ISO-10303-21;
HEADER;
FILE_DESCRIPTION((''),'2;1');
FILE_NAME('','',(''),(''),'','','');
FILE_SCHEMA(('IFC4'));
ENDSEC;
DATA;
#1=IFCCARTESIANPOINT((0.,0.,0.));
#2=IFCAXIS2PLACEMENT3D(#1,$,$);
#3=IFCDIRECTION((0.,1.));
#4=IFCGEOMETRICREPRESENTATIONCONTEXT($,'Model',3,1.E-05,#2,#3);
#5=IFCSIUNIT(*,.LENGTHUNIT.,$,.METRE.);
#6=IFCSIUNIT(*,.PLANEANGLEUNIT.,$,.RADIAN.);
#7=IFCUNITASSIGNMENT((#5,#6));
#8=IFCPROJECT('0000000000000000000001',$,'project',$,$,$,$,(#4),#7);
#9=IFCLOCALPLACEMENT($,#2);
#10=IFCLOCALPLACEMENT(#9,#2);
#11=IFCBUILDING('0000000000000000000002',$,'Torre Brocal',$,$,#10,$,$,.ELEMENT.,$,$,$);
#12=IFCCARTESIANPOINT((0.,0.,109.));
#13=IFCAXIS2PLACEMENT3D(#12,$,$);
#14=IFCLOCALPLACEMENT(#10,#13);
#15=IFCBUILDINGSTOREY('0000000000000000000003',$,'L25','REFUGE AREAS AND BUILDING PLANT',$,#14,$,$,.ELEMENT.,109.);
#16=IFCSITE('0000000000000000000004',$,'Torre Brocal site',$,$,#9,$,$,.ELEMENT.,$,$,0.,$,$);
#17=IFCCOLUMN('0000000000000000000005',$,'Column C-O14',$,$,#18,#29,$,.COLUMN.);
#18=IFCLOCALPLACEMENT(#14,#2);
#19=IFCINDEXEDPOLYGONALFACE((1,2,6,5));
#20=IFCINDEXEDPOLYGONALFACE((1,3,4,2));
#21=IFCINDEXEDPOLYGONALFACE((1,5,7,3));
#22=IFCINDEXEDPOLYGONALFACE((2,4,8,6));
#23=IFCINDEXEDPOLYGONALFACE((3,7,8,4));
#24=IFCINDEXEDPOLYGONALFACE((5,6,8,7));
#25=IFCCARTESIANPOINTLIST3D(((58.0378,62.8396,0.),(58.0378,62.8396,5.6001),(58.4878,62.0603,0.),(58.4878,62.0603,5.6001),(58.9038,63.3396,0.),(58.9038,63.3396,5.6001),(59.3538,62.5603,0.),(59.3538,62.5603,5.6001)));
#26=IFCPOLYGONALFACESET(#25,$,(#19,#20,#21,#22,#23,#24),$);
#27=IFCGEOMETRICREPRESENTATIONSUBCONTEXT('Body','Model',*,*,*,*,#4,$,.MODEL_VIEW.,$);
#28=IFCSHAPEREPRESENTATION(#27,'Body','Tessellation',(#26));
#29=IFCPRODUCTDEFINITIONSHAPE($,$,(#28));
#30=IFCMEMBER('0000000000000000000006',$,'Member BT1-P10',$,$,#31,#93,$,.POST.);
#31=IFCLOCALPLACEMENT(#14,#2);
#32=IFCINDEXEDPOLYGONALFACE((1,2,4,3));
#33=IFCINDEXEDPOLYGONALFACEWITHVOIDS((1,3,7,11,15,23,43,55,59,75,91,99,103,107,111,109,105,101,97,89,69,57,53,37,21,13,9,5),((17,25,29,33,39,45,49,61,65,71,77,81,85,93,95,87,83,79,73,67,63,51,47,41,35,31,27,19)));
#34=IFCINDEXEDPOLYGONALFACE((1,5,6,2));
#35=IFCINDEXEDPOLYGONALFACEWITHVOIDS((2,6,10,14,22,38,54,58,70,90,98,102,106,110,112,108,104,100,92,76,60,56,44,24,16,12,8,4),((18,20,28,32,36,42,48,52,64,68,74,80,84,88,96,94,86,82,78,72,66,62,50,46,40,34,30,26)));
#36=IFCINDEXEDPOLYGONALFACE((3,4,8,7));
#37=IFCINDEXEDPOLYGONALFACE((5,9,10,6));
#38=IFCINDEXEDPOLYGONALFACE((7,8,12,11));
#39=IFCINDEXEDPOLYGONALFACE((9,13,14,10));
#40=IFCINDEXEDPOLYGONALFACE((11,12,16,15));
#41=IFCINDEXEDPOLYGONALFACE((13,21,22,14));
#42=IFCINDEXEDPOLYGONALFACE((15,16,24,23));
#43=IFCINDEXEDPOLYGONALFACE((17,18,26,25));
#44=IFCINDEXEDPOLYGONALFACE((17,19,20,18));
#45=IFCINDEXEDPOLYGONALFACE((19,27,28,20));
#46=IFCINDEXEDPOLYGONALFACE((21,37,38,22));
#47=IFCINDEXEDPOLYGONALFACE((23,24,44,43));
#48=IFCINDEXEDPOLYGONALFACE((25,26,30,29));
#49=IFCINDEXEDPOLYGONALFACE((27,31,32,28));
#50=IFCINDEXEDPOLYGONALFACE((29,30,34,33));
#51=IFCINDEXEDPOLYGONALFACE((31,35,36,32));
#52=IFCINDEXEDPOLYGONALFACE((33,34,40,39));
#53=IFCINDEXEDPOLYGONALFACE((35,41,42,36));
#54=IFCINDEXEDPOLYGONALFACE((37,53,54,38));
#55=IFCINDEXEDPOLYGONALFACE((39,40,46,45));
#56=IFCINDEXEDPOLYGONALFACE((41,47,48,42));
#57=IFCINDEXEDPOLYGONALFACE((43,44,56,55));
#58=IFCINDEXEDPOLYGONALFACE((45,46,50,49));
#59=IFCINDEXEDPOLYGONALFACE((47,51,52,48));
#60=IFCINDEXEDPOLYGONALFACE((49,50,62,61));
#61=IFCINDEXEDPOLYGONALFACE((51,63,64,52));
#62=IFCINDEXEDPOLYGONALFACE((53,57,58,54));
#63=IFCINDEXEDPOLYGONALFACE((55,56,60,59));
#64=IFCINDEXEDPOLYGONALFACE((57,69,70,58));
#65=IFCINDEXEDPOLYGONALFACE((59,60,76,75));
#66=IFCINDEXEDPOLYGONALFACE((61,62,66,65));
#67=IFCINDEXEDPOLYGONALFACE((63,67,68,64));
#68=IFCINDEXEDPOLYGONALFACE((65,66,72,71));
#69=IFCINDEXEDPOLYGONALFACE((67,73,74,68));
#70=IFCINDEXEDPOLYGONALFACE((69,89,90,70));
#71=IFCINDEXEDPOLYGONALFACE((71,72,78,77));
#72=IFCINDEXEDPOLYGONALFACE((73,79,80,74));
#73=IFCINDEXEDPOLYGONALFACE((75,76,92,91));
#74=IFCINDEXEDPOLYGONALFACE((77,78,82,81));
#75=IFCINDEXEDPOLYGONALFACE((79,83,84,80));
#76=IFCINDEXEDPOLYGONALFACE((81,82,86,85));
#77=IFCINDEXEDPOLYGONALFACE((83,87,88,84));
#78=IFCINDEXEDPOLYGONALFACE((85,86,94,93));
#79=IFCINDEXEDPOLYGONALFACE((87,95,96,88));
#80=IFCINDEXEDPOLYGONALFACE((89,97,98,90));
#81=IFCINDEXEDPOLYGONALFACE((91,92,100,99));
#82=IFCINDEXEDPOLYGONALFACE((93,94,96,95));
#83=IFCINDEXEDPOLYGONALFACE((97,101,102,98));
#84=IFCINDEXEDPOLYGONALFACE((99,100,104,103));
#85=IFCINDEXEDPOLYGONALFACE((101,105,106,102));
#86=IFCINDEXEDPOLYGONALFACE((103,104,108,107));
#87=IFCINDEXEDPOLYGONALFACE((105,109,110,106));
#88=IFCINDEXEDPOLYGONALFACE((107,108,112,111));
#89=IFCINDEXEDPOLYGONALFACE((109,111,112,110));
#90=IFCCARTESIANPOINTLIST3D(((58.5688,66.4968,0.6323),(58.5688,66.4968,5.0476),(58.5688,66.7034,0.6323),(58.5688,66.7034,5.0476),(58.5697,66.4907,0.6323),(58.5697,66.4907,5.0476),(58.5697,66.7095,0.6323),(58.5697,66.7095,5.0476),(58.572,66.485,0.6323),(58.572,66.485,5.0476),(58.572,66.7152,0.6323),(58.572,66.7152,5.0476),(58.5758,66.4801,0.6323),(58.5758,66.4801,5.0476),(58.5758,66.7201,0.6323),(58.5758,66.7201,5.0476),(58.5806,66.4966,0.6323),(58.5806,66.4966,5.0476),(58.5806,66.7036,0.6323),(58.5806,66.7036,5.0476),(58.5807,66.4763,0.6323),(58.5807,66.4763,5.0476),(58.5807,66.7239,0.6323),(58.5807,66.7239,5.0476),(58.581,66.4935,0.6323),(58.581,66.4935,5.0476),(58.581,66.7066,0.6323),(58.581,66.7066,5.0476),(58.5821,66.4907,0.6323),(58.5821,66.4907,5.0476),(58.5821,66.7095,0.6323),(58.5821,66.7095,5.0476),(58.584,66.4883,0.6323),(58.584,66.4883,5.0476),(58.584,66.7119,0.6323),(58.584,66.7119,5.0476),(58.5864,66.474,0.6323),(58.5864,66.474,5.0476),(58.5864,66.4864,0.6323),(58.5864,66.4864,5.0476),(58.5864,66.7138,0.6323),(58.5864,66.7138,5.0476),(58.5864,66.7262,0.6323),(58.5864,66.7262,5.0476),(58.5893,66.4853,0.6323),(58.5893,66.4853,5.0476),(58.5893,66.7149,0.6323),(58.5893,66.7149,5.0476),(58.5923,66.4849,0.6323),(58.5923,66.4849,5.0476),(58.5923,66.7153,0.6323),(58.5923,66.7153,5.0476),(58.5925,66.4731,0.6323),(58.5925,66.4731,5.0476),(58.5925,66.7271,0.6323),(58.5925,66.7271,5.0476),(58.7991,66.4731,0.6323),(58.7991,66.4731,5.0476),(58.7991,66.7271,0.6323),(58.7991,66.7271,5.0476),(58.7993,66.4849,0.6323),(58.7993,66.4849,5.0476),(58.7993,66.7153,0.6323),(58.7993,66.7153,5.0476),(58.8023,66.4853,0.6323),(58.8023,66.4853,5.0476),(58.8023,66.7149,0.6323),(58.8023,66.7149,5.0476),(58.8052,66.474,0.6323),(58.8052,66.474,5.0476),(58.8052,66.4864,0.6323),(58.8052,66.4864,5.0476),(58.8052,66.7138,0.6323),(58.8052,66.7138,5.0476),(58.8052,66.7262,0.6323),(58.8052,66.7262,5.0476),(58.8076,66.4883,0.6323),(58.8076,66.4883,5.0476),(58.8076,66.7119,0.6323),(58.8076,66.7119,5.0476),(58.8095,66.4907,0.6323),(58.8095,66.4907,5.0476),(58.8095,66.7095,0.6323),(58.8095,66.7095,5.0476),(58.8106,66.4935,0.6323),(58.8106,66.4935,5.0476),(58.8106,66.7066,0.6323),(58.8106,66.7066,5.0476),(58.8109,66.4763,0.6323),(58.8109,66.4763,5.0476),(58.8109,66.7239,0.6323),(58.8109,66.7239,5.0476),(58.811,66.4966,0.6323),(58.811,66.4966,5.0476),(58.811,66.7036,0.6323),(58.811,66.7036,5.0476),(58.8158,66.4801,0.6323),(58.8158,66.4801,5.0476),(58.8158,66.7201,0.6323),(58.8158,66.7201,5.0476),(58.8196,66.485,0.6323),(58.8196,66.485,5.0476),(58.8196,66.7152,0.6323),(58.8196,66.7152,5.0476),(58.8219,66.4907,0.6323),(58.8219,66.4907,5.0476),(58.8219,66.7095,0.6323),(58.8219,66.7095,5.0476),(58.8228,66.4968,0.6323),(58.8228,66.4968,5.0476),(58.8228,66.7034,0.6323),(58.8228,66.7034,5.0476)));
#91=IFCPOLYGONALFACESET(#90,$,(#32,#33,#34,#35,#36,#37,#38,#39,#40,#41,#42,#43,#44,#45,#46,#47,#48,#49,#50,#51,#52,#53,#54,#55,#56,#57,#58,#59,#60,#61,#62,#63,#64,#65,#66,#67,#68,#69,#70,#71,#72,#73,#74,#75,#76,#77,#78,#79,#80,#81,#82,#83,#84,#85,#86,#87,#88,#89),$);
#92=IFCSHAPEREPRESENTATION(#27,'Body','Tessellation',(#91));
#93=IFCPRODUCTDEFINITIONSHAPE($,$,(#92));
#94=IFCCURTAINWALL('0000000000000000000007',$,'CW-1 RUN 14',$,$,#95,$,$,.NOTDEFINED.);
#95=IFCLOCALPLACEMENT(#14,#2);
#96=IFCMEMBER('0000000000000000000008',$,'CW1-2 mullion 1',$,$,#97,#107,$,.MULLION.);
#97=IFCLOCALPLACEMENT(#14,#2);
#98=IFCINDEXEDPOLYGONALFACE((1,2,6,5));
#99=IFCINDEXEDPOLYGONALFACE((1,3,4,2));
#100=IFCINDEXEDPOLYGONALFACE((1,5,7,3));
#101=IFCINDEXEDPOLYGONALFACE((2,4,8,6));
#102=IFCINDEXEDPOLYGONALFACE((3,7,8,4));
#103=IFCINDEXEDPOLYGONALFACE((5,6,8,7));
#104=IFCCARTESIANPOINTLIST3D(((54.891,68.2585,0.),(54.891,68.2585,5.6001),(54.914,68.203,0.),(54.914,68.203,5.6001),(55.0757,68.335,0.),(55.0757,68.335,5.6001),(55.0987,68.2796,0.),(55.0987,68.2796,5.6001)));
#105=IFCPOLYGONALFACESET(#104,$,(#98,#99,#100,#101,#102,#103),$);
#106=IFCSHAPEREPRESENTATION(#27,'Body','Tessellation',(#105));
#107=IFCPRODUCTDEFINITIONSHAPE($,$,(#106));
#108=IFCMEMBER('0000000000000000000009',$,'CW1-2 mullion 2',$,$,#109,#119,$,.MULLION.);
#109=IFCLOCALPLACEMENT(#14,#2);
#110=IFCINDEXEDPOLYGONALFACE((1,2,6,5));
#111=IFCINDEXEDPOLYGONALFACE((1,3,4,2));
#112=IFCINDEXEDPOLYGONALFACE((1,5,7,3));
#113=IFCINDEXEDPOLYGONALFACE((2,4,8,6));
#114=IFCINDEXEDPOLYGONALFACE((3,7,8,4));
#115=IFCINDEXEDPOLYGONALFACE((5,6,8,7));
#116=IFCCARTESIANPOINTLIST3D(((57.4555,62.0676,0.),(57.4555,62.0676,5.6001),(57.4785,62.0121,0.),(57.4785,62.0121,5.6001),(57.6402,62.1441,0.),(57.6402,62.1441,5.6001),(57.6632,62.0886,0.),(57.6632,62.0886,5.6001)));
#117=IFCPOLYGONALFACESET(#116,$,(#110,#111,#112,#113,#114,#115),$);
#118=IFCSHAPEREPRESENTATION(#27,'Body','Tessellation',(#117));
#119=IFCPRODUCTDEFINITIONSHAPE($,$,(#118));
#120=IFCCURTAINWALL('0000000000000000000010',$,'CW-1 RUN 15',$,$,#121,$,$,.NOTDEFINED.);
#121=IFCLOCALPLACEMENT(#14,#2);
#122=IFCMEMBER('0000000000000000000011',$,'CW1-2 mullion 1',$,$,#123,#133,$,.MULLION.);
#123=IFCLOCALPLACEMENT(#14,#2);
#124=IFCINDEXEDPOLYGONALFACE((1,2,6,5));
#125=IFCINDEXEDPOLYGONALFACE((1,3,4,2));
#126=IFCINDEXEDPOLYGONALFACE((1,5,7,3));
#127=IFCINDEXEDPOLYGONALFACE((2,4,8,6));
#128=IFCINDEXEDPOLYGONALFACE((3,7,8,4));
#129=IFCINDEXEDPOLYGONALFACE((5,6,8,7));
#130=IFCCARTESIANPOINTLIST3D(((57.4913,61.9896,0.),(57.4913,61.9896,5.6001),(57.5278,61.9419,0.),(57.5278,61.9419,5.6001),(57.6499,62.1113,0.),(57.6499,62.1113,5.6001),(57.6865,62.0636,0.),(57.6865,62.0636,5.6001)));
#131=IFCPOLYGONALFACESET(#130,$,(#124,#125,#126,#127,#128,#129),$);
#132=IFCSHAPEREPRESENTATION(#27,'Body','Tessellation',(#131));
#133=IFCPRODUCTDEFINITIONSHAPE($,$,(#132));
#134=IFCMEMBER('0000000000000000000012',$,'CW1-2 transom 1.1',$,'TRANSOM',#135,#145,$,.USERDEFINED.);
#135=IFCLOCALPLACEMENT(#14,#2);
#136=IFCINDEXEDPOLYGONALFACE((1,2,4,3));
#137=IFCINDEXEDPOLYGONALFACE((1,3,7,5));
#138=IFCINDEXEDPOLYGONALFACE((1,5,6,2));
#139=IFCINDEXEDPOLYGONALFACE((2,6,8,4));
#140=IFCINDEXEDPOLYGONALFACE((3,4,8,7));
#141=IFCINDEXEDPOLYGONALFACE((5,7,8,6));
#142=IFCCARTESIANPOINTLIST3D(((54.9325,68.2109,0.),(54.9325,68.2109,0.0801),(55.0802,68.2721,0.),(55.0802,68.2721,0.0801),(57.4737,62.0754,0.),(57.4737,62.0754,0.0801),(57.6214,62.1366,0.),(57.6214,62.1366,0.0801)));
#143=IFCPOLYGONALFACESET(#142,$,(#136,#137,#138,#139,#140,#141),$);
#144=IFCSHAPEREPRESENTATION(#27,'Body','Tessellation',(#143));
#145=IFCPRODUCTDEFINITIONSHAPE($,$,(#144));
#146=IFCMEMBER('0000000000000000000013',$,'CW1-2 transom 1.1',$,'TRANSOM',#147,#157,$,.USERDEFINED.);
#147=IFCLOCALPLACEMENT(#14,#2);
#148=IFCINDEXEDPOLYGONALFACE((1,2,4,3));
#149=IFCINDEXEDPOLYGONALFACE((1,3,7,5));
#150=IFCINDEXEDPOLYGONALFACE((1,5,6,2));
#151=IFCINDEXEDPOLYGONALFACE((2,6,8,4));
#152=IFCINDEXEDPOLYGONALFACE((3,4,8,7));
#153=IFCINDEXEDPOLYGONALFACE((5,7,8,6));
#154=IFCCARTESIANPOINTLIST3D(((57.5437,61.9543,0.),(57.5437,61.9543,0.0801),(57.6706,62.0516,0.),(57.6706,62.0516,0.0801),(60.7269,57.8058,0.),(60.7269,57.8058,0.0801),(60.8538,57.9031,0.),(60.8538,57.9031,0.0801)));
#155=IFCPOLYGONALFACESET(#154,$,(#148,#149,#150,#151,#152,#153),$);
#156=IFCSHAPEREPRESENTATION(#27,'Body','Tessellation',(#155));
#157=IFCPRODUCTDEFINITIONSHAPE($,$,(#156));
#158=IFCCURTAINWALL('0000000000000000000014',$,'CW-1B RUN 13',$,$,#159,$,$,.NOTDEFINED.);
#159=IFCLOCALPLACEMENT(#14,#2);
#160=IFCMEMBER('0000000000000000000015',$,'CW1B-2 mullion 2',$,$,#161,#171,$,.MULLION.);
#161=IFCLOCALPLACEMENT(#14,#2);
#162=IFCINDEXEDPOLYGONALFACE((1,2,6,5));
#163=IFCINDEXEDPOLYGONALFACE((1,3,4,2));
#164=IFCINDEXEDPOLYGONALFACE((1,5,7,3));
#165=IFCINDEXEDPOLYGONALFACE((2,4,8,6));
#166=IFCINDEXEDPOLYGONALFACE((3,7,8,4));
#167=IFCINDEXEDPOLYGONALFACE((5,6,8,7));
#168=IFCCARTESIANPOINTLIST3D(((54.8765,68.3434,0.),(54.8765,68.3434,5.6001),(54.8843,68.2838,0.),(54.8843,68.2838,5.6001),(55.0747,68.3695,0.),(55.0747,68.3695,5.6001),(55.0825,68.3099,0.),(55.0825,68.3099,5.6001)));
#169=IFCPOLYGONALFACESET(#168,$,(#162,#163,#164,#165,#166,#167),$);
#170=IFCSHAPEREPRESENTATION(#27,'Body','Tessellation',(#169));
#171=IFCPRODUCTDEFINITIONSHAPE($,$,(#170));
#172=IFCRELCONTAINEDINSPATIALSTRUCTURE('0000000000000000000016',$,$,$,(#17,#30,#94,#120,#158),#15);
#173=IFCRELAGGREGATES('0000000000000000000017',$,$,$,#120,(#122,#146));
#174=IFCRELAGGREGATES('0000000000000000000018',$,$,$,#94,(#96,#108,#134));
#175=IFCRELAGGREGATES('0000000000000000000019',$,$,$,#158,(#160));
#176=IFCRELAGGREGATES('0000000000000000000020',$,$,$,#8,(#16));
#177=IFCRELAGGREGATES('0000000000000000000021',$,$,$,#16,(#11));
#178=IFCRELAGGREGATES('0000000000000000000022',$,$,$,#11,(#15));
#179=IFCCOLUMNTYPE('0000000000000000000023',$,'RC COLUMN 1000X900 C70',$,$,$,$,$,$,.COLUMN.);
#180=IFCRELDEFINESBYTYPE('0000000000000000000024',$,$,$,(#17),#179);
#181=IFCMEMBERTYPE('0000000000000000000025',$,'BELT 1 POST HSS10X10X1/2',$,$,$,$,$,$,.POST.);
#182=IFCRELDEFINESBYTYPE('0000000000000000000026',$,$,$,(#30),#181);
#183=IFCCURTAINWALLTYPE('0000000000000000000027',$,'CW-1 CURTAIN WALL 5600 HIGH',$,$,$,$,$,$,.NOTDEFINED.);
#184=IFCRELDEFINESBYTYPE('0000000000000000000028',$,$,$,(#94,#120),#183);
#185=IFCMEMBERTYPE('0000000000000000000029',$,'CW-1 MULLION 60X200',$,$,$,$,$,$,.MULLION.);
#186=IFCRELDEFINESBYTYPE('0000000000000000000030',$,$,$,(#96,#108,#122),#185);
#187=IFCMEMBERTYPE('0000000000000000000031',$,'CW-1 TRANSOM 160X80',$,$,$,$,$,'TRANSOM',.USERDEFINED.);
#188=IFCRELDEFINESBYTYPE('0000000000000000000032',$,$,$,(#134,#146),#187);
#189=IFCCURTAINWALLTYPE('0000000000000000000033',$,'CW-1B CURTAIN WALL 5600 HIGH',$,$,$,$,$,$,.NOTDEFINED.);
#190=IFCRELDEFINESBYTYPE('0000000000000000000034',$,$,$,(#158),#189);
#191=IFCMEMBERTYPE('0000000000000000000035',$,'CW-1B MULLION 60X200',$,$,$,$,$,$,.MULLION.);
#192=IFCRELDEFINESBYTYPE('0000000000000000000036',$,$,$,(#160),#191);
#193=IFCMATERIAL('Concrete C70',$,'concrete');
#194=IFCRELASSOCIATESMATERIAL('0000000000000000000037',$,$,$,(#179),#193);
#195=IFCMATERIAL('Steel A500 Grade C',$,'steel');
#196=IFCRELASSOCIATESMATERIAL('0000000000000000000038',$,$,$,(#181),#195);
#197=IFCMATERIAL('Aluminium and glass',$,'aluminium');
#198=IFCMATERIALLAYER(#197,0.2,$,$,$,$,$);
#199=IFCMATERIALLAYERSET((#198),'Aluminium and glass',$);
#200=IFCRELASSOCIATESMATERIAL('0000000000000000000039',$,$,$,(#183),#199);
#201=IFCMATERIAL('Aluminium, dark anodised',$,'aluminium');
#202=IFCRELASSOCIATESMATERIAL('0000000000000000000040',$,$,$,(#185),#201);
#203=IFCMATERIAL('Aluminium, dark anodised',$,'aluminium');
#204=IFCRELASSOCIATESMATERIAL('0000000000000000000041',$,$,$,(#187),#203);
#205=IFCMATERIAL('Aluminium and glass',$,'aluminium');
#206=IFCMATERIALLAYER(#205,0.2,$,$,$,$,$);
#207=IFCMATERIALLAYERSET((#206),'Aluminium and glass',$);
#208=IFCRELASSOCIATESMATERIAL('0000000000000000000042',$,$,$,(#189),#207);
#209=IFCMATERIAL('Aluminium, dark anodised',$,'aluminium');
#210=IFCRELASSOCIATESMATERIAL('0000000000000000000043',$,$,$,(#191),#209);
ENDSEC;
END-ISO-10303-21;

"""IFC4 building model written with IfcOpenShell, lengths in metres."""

from ifc_helpers import new_model, si_unit, direction, frame, origin, origin_2d, place, context, subcontext, project, spatial, rectangle, hollow_rectangle, extrude, material, layer, layer_set, material_profile, profile_set, type_object, element, aggregate, save


model = new_model("IFC4")

# Units and contexts
model_context = context("Model", 3, precision=1e-05, world=origin(), true_north=direction((0.0, 1.0)))
body_context = subcontext(model_context, "Body", "Model", "MODEL_VIEW")
ifc_project = project(units=[si_unit("LENGTHUNIT", "METRE"), si_unit("PLANEANGLEUNIT", "RADIAN")], contexts=[model_context])

# Site, building, storey
site_placement = place(None, origin())
site = spatial("IfcSite", under=ifc_project, at=site_placement, Name="Torre Brocal site", CompositionType="ELEMENT", RefElevation=0.0)
building_placement = place(site_placement, origin())
building = spatial("IfcBuilding", under=site, at=building_placement, Name="Torre Brocal", CompositionType="ELEMENT")
storey_placement = place(building_placement, frame((0.0, 0.0, 109.0)))
storey = spatial("IfcBuildingStorey", under=building, at=storey_placement, Name="L25", Description="REFUGE AREAS AND BUILDING PLANT", CompositionType="ELEMENT", Elevation=109.0)

# Column
ifc_material_1 = material(Name="Concrete C70", Category="concrete")
ifc_material_profile_1 = material_profile(ifc_material_1, rectangle(XDim=1.0, YDim=0.8999, at=origin_2d()), Name="RC 1000X900")
ifc_profile_set_1 = profile_set([ifc_material_profile_1], Name="Concrete C70")
column_type = type_object("IfcColumnType", Name="RC COLUMN 1000X900 C70", PredefinedType="COLUMN", material=ifc_profile_set_1)
column_placement = place(storey_placement, frame((58.6958, 62.7, 0.0), z_axis=(0.0, 0.0, 1.0), x_axis=(-0.866025, -0.5, 0.0)))
element("IfcColumn", 1, at=column_placement, inside=storey, type_object=column_type, Name="Column C-O14", PredefinedType="COLUMN", context=body_context, shape_type="SweptSolid", body=[
    extrude(rectangle(XDim=1.0, YDim=0.8999, at=origin_2d()), origin(), (0.0, 0.0, 1.0), 5.6001),
])

# Member
ifc_material_2 = material(Name="Steel A500 Grade C", Category="steel")
ifc_material_profile_2 = material_profile(ifc_material_2, hollow_rectangle(XDim=0.2539, YDim=0.2539, WallThickness=0.0117, InnerFilletRadius=0.0117, OuterFilletRadius=0.0237, at=origin_2d()), Name="HSS10X10X1/2")
ifc_profile_set_2 = profile_set([ifc_material_profile_2], Name="Steel A500 Grade C")
member_type_1 = type_object("IfcMemberType", Name="BELT 1 POST HSS10X10X1/2", PredefinedType="POST", material=ifc_profile_set_2)
member_1_placement = place(storey_placement, frame((58.6958, 66.6001, 0.6323), z_axis=(0.0, 0.0, 1.0), x_axis=(1.0, 0.0, 0.0)))
element("IfcMember", 2, at=member_1_placement, inside=storey, type_object=member_type_1, Name="Member BT1-P10", PredefinedType="POST", context=body_context, shape_type="SweptSolid", body=[
    extrude(hollow_rectangle(XDim=0.2539, YDim=0.2539, WallThickness=0.0117, InnerFilletRadius=0.0117, OuterFilletRadius=0.0237, at=origin_2d()), origin(), (0.0, 0.0, 1.0), 4.4153),
])

# Curtain wall, members
ifc_material_3 = material(Name="Aluminium and glass", Category="aluminium")
ifc_layer_1 = layer(ifc_material_3, 0.2)
ifc_layer_set_1 = layer_set([ifc_layer_1], Name="Aluminium and glass")
curtain_wall_type_1 = type_object("IfcCurtainWallType", Name="CW-1 CURTAIN WALL 5600 HIGH", PredefinedType="NOTDEFINED", material=ifc_layer_set_1)
curtain_wall_1_placement = place(storey_placement, origin())
curtain_wall_1 = element("IfcCurtainWall", 3, at=curtain_wall_1_placement, inside=storey, type_object=curtain_wall_type_1, Name="CW-1 RUN 14", PredefinedType="NOTDEFINED")
ifc_material_4 = material(Name="Aluminium, dark anodised", Category="aluminium")
ifc_material_profile_3 = material_profile(ifc_material_4, rectangle(XDim=0.2, YDim=0.0601, at=origin_2d()), Name="CW-1 MULLION 60X200")
ifc_profile_set_3 = profile_set([ifc_material_profile_3], Name="Aluminium, dark anodised")
member_type_2 = type_object("IfcMemberType", Name="CW-1 MULLION 60X200", PredefinedType="MULLION", material=ifc_profile_set_3)
member_2_placement = place(storey_placement, frame((54.9949, 68.269, 0.0), z_axis=(0.0, 0.0, 1.0), x_axis=(0.92388, 0.382683, 0.0)))
member_2 = element("IfcMember", 4, at=member_2_placement, type_object=member_type_2, Name="CW1-2 mullion 1", PredefinedType="MULLION", context=body_context, shape_type="SweptSolid", body=[
    extrude(rectangle(XDim=0.2, YDim=0.0601, at=origin_2d()), origin(), (0.0, 0.0, 1.0), 5.6001),
])
member_3_placement = place(storey_placement, frame((57.5593, 62.0781, 0.0), z_axis=(0.0, 0.0, 1.0), x_axis=(0.92388, 0.382683, 0.0)))
member_3 = element("IfcMember", 5, at=member_3_placement, type_object=member_type_2, Name="CW1-2 mullion 2", PredefinedType="MULLION", context=body_context, shape_type="SweptSolid", body=[
    extrude(rectangle(XDim=0.2, YDim=0.0601, at=origin_2d()), origin(), (0.0, 0.0, 1.0), 5.6001),
])

# Curtain wall, member
curtain_wall_2_placement = place(storey_placement, origin())
curtain_wall_2 = element("IfcCurtainWall", 6, at=curtain_wall_2_placement, inside=storey, type_object=curtain_wall_type_1, Name="CW-1 RUN 15", PredefinedType="NOTDEFINED")
member_4_placement = place(storey_placement, frame((57.5889, 62.0266, 0.0), z_axis=(0.0, 0.0, 1.0), x_axis=(0.793353, 0.608761, 0.0)))
member_4 = element("IfcMember", 7, at=member_4_placement, type_object=member_type_2, Name="CW1-2 mullion 1", PredefinedType="MULLION", context=body_context, shape_type="SweptSolid", body=[
    extrude(rectangle(XDim=0.2, YDim=0.0601, at=origin_2d()), origin(), (0.0, 0.0, 1.0), 5.6001),
])

# Members
ifc_material_5 = material(Name="Aluminium, dark anodised", Category="aluminium")
ifc_material_profile_4 = material_profile(ifc_material_5, rectangle(XDim=0.1599, YDim=0.0801, at=origin_2d()), Name="CW-1 TRANSOM 160X80")
ifc_profile_set_4 = profile_set([ifc_material_profile_4], Name="Aluminium, dark anodised")
member_type_3 = type_object("IfcMemberType", Name="CW-1 TRANSOM 160X80", ElementType="TRANSOM", PredefinedType="USERDEFINED", material=ifc_profile_set_4)
member_5_placement = place(storey_placement, frame((55.0063, 68.2415, 0.04), z_axis=(0.382665, -0.923887, 0.0), x_axis=(0.923887, 0.382665, 0.0)))
member_5 = element("IfcMember", 8, at=member_5_placement, type_object=member_type_3, Name="CW1-2 transom 1.1", ObjectType="TRANSOM", PredefinedType="USERDEFINED", context=body_context, shape_type="SweptSolid", body=[
    extrude(rectangle(XDim=0.1599, YDim=0.0801, at=origin_2d()), origin(), (0.0, 0.0, 1.0), 6.6409),
])
member_6_placement = place(storey_placement, frame((57.6072, 62.0029, 0.04), z_axis=(0.608749, -0.793363, 0.0), x_axis=(0.793363, 0.608749, 0.0)))
member_6 = element("IfcMember", 9, at=member_6_placement, type_object=member_type_3, Name="CW1-2 transom 1.1", ObjectType="TRANSOM", PredefinedType="USERDEFINED", context=body_context, shape_type="SweptSolid", body=[
    extrude(rectangle(XDim=0.1599, YDim=0.0801, at=origin_2d()), origin(), (0.0, 0.0, 1.0), 5.229),
])
aggregate(curtain_wall_2, [member_4, member_6])

# Curtain wall, member
ifc_material_6 = material(Name="Aluminium and glass", Category="aluminium")
ifc_layer_2 = layer(ifc_material_6, 0.2)
ifc_layer_set_2 = layer_set([ifc_layer_2], Name="Aluminium and glass")
curtain_wall_type_2 = type_object("IfcCurtainWallType", Name="CW-1B CURTAIN WALL 5600 HIGH", PredefinedType="NOTDEFINED", material=ifc_layer_set_2)
curtain_wall_3_placement = place(storey_placement, origin())
curtain_wall_3 = element("IfcCurtainWall", 10, at=curtain_wall_3_placement, inside=storey, type_object=curtain_wall_type_2, Name="CW-1B RUN 13", PredefinedType="NOTDEFINED")
ifc_material_7 = material(Name="Aluminium, dark anodised", Category="aluminium")
ifc_material_profile_5 = material_profile(ifc_material_7, rectangle(XDim=0.2, YDim=0.0601, at=origin_2d()), Name="CW-1B MULLION 60X200")
ifc_profile_set_5 = profile_set([ifc_material_profile_5], Name="Aluminium, dark anodised")
member_type_4 = type_object("IfcMemberType", Name="CW-1B MULLION 60X200", PredefinedType="MULLION", material=ifc_profile_set_5)
member_7_placement = place(storey_placement, frame((54.9795, 68.3267, 0.0), z_axis=(0.0, 0.0, 1.0), x_axis=(0.991445, 0.130526, 0.0)))
member_7 = element("IfcMember", 11, at=member_7_placement, type_object=member_type_4, Name="CW1B-2 mullion 2", PredefinedType="MULLION", context=body_context, shape_type="SweptSolid", body=[
    extrude(rectangle(XDim=0.2, YDim=0.0601, at=origin_2d()), origin(), (0.0, 0.0, 1.0), 5.6001),
])

aggregate(curtain_wall_1, [member_2, member_3, member_5])
aggregate(curtain_wall_3, [member_7])

save(model, "model.ifc")
